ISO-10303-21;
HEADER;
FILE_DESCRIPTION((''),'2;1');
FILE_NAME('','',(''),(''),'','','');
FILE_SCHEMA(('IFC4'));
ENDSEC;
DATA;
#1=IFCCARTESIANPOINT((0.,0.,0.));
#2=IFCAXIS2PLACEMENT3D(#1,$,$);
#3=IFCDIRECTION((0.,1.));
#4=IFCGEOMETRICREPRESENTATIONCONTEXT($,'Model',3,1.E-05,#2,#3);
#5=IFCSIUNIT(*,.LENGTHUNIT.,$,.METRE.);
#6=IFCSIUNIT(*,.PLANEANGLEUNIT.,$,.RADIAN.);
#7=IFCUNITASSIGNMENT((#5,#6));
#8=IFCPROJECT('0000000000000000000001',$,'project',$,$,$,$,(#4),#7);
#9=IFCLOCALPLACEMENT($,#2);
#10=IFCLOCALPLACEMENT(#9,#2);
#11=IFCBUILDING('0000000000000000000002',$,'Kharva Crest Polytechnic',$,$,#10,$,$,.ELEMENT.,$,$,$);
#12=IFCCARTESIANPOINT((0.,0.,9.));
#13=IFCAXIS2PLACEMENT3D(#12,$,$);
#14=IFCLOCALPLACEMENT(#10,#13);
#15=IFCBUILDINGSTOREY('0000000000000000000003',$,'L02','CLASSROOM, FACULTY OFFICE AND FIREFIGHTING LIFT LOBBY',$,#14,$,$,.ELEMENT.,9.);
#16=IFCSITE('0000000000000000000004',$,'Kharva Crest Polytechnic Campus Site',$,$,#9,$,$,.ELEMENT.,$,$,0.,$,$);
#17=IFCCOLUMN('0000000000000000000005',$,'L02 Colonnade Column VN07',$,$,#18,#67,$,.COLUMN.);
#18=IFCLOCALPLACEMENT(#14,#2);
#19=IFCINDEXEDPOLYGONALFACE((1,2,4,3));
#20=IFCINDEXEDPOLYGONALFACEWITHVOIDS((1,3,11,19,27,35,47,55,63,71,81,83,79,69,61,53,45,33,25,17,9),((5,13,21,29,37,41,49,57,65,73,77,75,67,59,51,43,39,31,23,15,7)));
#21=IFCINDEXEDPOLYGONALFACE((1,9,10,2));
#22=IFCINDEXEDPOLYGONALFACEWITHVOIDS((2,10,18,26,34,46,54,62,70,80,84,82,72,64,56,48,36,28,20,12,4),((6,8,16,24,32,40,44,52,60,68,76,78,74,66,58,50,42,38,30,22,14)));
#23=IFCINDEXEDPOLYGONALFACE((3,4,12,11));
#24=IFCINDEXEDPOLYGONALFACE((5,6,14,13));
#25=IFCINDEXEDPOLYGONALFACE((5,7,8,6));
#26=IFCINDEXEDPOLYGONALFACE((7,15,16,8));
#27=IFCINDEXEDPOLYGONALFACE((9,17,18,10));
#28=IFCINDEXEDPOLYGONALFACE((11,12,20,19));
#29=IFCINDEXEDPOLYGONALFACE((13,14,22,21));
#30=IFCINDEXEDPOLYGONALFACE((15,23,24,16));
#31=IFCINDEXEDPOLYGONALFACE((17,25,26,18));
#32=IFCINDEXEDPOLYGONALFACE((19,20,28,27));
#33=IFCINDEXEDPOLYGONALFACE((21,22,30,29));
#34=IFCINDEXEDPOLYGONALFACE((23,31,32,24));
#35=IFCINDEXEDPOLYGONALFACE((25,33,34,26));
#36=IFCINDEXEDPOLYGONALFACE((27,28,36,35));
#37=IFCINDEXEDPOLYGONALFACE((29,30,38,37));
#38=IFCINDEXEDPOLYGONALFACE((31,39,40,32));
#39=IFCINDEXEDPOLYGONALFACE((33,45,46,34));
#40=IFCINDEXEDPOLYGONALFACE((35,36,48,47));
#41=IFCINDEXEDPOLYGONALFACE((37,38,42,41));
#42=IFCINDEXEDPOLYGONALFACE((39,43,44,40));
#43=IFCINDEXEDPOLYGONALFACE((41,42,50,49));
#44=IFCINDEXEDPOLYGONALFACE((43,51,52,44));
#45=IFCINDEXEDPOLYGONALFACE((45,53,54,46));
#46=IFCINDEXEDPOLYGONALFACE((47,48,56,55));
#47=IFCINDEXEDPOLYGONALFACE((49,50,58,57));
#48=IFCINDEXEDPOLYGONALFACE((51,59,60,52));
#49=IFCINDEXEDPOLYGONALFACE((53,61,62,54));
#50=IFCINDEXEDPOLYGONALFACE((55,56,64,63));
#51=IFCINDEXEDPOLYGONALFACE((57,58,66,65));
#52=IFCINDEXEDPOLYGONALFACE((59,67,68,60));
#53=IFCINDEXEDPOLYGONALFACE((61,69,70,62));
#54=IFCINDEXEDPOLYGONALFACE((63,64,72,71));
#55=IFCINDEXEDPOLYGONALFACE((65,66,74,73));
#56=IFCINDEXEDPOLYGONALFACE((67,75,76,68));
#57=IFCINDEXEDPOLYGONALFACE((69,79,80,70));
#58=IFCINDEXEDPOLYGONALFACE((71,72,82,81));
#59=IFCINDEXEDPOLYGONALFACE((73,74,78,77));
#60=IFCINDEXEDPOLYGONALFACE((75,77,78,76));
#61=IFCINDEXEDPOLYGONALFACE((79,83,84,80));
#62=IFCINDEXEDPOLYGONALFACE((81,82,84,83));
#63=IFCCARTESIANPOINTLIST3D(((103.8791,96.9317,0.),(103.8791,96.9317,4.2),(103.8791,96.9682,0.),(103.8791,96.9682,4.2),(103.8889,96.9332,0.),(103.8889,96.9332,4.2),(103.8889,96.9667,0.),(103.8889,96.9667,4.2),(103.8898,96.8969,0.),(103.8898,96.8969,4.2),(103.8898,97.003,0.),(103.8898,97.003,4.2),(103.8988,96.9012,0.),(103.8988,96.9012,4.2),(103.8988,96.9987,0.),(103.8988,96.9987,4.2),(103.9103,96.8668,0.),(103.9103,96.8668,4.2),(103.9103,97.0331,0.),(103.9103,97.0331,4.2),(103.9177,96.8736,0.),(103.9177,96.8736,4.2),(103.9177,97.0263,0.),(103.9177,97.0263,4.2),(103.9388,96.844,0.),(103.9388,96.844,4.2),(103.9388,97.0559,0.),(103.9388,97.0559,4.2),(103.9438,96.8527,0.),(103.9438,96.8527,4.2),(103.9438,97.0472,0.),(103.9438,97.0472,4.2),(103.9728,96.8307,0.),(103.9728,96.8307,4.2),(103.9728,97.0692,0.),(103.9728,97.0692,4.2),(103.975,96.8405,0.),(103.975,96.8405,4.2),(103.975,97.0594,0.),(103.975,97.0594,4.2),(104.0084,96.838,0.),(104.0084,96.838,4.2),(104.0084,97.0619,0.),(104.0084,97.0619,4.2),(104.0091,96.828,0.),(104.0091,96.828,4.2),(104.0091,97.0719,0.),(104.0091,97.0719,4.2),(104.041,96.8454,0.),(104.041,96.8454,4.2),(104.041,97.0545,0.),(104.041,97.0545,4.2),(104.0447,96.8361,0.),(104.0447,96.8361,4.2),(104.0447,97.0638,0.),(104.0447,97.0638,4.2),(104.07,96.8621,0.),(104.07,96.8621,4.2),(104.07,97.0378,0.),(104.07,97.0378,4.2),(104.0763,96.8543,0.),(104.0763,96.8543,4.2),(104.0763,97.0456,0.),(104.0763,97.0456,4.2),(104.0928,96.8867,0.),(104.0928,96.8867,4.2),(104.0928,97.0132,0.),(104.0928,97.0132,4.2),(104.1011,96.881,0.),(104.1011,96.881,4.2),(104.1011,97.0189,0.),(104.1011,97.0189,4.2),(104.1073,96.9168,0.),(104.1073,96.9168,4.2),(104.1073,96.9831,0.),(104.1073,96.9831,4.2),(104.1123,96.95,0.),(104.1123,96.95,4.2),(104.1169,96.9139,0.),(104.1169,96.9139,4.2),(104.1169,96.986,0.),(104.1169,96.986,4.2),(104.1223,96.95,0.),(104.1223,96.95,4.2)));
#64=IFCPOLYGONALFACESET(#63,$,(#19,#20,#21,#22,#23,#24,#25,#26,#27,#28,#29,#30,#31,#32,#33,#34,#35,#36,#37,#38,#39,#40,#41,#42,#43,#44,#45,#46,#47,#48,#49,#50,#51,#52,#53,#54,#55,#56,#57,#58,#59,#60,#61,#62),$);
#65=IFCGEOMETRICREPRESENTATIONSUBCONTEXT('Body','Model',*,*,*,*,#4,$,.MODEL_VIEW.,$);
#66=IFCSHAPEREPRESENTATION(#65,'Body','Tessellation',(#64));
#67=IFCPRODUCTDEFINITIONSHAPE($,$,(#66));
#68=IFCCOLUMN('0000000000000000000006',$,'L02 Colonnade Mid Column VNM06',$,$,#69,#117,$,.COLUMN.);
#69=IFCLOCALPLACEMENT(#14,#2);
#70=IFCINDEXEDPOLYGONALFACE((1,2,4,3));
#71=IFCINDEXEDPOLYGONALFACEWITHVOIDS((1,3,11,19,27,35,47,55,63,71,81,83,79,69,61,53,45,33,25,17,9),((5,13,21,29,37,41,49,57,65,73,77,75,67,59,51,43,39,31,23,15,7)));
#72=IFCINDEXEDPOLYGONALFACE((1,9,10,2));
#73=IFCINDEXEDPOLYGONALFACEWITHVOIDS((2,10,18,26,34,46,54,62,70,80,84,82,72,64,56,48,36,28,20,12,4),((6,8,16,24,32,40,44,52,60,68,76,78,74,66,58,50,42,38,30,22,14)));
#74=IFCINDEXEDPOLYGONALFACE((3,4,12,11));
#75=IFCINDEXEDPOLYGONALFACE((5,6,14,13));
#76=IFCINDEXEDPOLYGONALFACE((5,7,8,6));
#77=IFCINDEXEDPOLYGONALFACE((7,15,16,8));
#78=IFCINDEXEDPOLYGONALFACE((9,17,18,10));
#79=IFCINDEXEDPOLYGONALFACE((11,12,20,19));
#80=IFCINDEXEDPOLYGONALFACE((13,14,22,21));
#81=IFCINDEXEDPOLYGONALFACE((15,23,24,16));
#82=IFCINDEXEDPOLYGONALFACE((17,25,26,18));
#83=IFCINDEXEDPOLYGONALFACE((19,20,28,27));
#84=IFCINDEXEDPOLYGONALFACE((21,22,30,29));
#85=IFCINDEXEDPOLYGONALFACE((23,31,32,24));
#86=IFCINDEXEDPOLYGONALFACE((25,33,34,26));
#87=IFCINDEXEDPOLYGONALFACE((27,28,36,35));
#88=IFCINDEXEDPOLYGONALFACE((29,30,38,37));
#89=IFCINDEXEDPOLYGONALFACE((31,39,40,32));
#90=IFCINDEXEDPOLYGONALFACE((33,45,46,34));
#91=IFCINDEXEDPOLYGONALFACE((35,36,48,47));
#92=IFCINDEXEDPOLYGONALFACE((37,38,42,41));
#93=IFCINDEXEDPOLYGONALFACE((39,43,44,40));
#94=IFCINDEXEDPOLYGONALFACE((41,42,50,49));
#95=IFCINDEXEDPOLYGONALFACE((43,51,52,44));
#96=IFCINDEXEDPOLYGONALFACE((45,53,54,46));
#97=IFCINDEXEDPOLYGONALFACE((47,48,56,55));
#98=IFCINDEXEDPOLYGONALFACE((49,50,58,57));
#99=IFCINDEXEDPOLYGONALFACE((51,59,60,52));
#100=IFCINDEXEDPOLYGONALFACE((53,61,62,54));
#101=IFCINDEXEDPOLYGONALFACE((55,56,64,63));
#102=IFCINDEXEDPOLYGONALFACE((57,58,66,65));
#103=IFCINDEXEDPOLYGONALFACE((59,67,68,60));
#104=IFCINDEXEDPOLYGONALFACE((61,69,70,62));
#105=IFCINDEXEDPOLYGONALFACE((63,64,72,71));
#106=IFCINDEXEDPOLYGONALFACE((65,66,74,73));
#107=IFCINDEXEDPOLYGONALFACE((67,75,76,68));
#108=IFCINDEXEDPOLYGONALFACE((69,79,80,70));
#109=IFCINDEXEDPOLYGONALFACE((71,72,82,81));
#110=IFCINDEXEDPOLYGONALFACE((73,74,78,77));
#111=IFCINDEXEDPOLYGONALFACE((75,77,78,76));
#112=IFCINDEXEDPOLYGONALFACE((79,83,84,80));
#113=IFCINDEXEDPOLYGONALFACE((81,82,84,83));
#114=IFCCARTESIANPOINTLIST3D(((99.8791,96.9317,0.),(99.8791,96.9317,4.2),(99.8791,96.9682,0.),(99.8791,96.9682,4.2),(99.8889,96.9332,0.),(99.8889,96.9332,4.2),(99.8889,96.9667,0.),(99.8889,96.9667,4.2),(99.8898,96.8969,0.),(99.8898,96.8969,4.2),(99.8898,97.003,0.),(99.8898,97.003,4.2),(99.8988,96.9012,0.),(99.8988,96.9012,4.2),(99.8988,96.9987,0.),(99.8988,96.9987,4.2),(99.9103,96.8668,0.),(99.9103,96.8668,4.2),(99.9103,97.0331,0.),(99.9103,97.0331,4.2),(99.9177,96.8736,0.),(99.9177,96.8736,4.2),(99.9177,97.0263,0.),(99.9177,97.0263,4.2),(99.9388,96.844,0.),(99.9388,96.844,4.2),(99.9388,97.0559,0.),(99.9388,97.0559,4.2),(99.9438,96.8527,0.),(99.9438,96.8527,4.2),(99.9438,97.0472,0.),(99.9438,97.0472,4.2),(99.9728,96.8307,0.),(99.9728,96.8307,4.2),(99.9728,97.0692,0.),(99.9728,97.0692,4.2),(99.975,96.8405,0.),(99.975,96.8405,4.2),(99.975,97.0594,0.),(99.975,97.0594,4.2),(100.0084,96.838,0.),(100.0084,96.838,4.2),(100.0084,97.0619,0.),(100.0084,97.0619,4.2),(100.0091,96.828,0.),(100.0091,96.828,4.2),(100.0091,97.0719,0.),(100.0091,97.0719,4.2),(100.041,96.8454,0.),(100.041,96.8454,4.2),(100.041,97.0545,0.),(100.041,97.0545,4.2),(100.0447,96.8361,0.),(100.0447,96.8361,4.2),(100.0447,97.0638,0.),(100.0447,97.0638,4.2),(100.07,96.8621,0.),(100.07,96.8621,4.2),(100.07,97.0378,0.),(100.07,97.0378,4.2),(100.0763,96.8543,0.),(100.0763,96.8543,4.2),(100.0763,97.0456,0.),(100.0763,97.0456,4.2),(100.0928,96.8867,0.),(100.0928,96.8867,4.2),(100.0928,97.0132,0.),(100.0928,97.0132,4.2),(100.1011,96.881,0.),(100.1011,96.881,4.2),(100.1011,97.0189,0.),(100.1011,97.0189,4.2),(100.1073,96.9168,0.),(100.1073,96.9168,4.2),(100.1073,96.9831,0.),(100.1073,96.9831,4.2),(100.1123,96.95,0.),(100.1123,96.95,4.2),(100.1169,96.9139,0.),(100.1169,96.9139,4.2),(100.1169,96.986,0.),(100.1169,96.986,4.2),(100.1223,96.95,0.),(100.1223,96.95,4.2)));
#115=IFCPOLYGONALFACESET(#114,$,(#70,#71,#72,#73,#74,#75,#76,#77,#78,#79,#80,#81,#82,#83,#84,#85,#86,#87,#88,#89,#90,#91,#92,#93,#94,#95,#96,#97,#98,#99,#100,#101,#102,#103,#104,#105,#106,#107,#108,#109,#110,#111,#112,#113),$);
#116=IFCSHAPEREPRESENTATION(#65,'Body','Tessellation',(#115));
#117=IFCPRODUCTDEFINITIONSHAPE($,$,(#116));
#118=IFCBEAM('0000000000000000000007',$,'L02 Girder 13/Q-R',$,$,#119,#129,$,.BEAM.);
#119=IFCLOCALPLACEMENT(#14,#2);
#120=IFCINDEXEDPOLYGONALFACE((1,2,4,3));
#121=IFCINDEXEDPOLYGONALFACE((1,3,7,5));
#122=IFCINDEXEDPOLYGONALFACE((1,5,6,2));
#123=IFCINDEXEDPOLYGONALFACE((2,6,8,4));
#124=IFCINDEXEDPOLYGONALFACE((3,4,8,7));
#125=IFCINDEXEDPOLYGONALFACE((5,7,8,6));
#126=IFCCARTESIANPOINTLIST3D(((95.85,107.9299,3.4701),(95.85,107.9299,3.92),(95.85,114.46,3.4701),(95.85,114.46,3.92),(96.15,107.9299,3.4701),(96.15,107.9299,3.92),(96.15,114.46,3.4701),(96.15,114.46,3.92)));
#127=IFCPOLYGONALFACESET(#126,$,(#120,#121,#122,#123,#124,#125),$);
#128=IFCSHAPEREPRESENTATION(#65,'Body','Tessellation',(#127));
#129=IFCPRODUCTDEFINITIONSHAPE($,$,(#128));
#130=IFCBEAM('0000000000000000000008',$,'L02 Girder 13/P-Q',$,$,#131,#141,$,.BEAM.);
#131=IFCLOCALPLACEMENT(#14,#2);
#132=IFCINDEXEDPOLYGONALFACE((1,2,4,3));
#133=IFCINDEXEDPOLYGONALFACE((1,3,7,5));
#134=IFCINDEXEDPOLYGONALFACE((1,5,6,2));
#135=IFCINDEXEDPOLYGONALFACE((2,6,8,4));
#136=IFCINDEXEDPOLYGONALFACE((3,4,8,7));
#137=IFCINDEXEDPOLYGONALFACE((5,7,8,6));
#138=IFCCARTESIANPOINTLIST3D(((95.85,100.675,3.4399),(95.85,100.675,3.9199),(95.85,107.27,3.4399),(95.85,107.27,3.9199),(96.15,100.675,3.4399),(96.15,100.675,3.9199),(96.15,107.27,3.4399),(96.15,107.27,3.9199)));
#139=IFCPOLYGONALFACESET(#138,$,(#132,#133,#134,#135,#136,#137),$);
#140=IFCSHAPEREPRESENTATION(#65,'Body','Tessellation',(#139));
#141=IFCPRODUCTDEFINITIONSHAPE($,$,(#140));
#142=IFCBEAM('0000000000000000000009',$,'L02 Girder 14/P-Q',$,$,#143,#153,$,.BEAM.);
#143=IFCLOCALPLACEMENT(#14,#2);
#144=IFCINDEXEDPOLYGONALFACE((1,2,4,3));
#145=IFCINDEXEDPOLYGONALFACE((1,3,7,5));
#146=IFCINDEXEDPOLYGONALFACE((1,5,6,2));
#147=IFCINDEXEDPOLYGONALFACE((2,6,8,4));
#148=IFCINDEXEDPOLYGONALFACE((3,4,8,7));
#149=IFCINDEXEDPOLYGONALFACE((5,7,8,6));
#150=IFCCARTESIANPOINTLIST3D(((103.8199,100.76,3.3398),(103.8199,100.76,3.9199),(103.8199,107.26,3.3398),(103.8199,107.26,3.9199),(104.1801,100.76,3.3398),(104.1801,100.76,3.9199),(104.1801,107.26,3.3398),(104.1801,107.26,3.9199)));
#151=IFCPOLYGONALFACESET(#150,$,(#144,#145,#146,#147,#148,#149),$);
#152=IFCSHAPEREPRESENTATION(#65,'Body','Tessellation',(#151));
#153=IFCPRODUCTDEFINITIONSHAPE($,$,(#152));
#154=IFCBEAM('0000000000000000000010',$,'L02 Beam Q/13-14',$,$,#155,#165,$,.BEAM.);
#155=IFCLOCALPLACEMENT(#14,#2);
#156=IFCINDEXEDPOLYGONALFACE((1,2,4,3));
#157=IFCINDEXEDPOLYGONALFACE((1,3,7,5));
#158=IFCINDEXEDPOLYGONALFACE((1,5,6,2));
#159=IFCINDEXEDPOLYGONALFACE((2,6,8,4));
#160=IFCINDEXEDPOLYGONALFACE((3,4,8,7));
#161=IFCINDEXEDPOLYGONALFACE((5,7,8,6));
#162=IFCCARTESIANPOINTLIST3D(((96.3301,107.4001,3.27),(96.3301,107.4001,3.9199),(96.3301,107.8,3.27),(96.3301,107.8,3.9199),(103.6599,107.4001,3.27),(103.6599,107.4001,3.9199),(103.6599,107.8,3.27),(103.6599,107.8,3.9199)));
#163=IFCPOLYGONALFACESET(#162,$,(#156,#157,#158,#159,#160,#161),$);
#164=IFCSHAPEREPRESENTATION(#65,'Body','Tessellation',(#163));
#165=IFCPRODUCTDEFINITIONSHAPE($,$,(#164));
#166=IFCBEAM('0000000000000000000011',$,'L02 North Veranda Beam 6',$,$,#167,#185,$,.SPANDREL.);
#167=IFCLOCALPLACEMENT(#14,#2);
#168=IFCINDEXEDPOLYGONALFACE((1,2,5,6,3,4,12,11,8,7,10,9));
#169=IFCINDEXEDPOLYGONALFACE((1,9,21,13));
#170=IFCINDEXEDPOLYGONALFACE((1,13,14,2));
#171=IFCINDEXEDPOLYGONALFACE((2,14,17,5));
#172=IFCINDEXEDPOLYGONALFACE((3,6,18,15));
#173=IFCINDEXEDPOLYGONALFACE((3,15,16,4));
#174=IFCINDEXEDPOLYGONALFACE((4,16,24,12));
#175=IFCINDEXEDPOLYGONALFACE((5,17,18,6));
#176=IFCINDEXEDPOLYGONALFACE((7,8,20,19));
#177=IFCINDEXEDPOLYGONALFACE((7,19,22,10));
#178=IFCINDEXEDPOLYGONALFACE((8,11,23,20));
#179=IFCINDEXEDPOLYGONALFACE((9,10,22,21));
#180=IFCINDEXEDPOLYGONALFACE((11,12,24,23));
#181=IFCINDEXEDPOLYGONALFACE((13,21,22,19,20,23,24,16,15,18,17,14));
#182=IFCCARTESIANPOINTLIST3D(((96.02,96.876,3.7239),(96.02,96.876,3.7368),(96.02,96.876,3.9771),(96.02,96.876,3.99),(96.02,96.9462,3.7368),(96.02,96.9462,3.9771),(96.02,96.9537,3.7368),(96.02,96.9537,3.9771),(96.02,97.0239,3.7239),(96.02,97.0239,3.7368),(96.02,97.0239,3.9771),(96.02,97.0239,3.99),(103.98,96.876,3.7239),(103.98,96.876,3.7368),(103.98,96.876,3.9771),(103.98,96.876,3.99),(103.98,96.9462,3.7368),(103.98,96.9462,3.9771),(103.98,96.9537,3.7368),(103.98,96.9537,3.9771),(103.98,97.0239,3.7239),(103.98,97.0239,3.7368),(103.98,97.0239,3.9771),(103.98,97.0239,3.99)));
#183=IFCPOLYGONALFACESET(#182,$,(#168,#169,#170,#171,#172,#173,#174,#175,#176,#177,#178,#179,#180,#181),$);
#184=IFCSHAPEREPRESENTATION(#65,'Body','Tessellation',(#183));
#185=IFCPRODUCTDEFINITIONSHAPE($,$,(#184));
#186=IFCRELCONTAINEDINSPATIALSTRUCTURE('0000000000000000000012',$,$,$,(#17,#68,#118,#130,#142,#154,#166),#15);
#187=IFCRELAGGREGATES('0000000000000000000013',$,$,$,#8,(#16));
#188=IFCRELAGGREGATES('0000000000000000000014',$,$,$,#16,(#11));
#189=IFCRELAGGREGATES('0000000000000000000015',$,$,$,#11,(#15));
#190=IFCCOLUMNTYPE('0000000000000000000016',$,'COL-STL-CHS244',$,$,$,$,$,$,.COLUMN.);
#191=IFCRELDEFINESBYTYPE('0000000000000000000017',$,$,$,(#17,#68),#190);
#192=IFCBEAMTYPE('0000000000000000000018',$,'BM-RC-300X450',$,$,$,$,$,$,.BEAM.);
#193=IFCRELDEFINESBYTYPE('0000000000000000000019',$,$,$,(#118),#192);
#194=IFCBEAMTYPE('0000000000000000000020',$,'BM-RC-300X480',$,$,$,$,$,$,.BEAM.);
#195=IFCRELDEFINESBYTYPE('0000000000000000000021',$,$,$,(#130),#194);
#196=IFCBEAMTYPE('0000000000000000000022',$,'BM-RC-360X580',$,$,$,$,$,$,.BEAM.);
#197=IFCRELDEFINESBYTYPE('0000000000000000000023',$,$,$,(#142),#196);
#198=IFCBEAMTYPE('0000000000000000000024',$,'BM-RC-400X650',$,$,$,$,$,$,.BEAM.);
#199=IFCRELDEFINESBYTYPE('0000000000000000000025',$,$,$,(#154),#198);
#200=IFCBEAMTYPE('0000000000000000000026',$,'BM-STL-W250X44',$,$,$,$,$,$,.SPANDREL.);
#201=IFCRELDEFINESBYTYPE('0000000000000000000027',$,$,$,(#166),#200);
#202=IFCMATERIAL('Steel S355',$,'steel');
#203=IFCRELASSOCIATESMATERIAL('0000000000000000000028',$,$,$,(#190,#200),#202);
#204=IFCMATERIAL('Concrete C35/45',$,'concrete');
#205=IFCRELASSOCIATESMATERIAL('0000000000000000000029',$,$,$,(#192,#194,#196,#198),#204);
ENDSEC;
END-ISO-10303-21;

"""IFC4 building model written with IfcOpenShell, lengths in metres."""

from ifc_helpers import new_model, si_unit, direction, frame, origin, origin_2d, place, context, subcontext, project, spatial, rectangle, hollow_circle, i_section, extrude, material, material_profile, profile_set, type_object, element, save


model = new_model("IFC4")

# Units and contexts
model_context = context("Model", 3, precision=1e-05, world=origin(), true_north=direction((0.0, 1.0)))
body_context = subcontext(model_context, "Body", "Model", "MODEL_VIEW")
ifc_project = project(units=[si_unit("LENGTHUNIT", "METRE"), si_unit("PLANEANGLEUNIT", "RADIAN")], contexts=[model_context])

# Site, building, storey
site_placement = place(None, origin())
site = spatial("IfcSite", under=ifc_project, at=site_placement, Name="Kharva Crest Polytechnic Campus Site", CompositionType="ELEMENT", RefElevation=0.0)
building_placement = place(site_placement, origin())
building = spatial("IfcBuilding", under=site, at=building_placement, Name="Kharva Crest Polytechnic", CompositionType="ELEMENT")
storey_placement = place(building_placement, frame((0.0, 0.0, 9.0)))
storey = spatial("IfcBuildingStorey", under=building, at=storey_placement, Name="L02", Description="CLASSROOM, FACULTY OFFICE AND FIREFIGHTING LIFT LOBBY", CompositionType="ELEMENT", Elevation=9.0)

# Columns
ifc_material_1 = material(Name="Steel S355", Category="steel")
ifc_material_profile_1 = material_profile(ifc_material_1, hollow_circle(Radius=0.1223, WallThickness=0.01, at=origin_2d()), Name="CHS 244.5X10.0")
ifc_profile_set_1 = profile_set([ifc_material_profile_1], Name="Steel S355")
column_type_1 = type_object("IfcColumnType", Name="COL-STL-CHS244", PredefinedType="COLUMN", material=ifc_profile_set_1)
for number, where, z_axis, x_axis, name in (
    (1, (104.0, 96.95, 0.0), (0.0, 0.0, 1.0), (1.0, 0.0, 0.0), "L02 Colonnade Column VN07"),
    (2, (100.0, 96.95, 0.0), (0.0, 0.0, 1.0), (1.0, 0.0, 0.0), "L02 Colonnade Mid Column VNM06"),
):
    element("IfcColumn", number, at=place(storey_placement, frame(where, z_axis=z_axis, x_axis=x_axis)), inside=storey, type_object=column_type_1, Name=name, PredefinedType="COLUMN", context=body_context, shape_type="SweptSolid", body=[
        extrude(hollow_circle(Radius=0.1223, WallThickness=0.01, at=origin_2d()), origin(), (0.0, 0.0, 1.0), 4.2),
    ])

# Beams
ifc_material_2 = material(Name="Concrete C35/45", Category="concrete")
ifc_material_profile_2 = material_profile(ifc_material_2, rectangle(XDim=0.3, YDim=0.45, at=origin_2d()), Name="RECT 300 X 450")
ifc_profile_set_2 = profile_set([ifc_material_profile_2], Name="Concrete C35/45")
beam_type_1 = type_object("IfcBeamType", Name="BM-RC-300X450", PredefinedType="BEAM", material=ifc_profile_set_2)
beam_1_placement = place(storey_placement, frame((96.0, 107.9299, 3.6951), z_axis=(0.0, 1.0, 0.0), x_axis=(-1.0, 0.0, 0.0)))
element("IfcBeam", 3, at=beam_1_placement, inside=storey, type_object=beam_type_1, Name="L02 Girder 13/Q-R", PredefinedType="BEAM", context=body_context, shape_type="SweptSolid", body=[
    extrude(rectangle(XDim=0.3, YDim=0.45, at=origin_2d()), origin(), (0.0, 0.0, 1.0), 6.53),
])
ifc_material_profile_3 = material_profile(ifc_material_2, rectangle(XDim=0.3, YDim=0.48, at=origin_2d()), Name="RECT 300 X 480")
ifc_profile_set_3 = profile_set([ifc_material_profile_3], Name="Concrete C35/45")
beam_type_2 = type_object("IfcBeamType", Name="BM-RC-300X480", PredefinedType="BEAM", material=ifc_profile_set_3)
beam_2_placement = place(storey_placement, frame((96.0, 100.675, 3.6799), z_axis=(0.0, 1.0, 0.0), x_axis=(-1.0, 0.0, 0.0)))
element("IfcBeam", 4, at=beam_2_placement, inside=storey, type_object=beam_type_2, Name="L02 Girder 13/P-Q", PredefinedType="BEAM", context=body_context, shape_type="SweptSolid", body=[
    extrude(rectangle(XDim=0.3, YDim=0.48, at=origin_2d()), origin(), (0.0, 0.0, 1.0), 6.595),
])
ifc_material_profile_4 = material_profile(ifc_material_2, rectangle(XDim=0.3601, YDim=0.5801, at=origin_2d()), Name="RECT 360 X 580")
ifc_profile_set_4 = profile_set([ifc_material_profile_4], Name="Concrete C35/45")
beam_type_3 = type_object("IfcBeamType", Name="BM-RC-360X580", PredefinedType="BEAM", material=ifc_profile_set_4)
beam_3_placement = place(storey_placement, frame((104.0, 100.76, 3.6299), z_axis=(0.0, 1.0, 0.0), x_axis=(-1.0, 0.0, 0.0)))
element("IfcBeam", 5, at=beam_3_placement, inside=storey, type_object=beam_type_3, Name="L02 Girder 14/P-Q", PredefinedType="BEAM", context=body_context, shape_type="SweptSolid", body=[
    extrude(rectangle(XDim=0.3601, YDim=0.5801, at=origin_2d()), origin(), (0.0, 0.0, 1.0), 6.5),
])
ifc_material_profile_5 = material_profile(ifc_material_2, rectangle(XDim=0.3999, YDim=0.6499, at=origin_2d()), Name="RECT 400 X 650")
ifc_profile_set_5 = profile_set([ifc_material_profile_5], Name="Concrete C35/45")
beam_type_4 = type_object("IfcBeamType", Name="BM-RC-400X650", PredefinedType="BEAM", material=ifc_profile_set_5)
beam_4_placement = place(storey_placement, frame((96.3301, 107.6001, 3.595), z_axis=(1.0, 0.0, 0.0), x_axis=(0.0, 1.0, 0.0)))
element("IfcBeam", 6, at=beam_4_placement, inside=storey, type_object=beam_type_4, Name="L02 Beam Q/13-14", PredefinedType="BEAM", context=body_context, shape_type="SweptSolid", body=[
    extrude(rectangle(XDim=0.3999, YDim=0.6499, at=origin_2d()), origin(), (0.0, 0.0, 1.0), 7.3298),
])
ifc_material_profile_6 = material_profile(ifc_material_1, i_section(OverallWidth=0.1479, OverallDepth=0.2661, WebThickness=0.0076, FlangeThickness=0.0129, at=origin_2d()), Name="W250X44.8")
ifc_profile_set_6 = profile_set([ifc_material_profile_6], Name="Steel S355")
beam_type_5 = type_object("IfcBeamType", Name="BM-STL-W250X44", PredefinedType="SPANDREL", material=ifc_profile_set_6)
beam_5_placement = place(storey_placement, frame((96.02, 96.95, 3.8569), z_axis=(1.0, 0.0, 0.0), x_axis=(0.0, 1.0, 0.0)))
element("IfcBeam", 7, at=beam_5_placement, inside=storey, type_object=beam_type_5, Name="L02 North Veranda Beam 6", PredefinedType="SPANDREL", context=body_context, shape_type="SweptSolid", body=[
    extrude(i_section(OverallWidth=0.1479, OverallDepth=0.2661, WebThickness=0.0076, FlangeThickness=0.0129, at=origin_2d()), origin(), (0.0, 0.0, 1.0), 7.96),
])

save(model, "model.ifc")
